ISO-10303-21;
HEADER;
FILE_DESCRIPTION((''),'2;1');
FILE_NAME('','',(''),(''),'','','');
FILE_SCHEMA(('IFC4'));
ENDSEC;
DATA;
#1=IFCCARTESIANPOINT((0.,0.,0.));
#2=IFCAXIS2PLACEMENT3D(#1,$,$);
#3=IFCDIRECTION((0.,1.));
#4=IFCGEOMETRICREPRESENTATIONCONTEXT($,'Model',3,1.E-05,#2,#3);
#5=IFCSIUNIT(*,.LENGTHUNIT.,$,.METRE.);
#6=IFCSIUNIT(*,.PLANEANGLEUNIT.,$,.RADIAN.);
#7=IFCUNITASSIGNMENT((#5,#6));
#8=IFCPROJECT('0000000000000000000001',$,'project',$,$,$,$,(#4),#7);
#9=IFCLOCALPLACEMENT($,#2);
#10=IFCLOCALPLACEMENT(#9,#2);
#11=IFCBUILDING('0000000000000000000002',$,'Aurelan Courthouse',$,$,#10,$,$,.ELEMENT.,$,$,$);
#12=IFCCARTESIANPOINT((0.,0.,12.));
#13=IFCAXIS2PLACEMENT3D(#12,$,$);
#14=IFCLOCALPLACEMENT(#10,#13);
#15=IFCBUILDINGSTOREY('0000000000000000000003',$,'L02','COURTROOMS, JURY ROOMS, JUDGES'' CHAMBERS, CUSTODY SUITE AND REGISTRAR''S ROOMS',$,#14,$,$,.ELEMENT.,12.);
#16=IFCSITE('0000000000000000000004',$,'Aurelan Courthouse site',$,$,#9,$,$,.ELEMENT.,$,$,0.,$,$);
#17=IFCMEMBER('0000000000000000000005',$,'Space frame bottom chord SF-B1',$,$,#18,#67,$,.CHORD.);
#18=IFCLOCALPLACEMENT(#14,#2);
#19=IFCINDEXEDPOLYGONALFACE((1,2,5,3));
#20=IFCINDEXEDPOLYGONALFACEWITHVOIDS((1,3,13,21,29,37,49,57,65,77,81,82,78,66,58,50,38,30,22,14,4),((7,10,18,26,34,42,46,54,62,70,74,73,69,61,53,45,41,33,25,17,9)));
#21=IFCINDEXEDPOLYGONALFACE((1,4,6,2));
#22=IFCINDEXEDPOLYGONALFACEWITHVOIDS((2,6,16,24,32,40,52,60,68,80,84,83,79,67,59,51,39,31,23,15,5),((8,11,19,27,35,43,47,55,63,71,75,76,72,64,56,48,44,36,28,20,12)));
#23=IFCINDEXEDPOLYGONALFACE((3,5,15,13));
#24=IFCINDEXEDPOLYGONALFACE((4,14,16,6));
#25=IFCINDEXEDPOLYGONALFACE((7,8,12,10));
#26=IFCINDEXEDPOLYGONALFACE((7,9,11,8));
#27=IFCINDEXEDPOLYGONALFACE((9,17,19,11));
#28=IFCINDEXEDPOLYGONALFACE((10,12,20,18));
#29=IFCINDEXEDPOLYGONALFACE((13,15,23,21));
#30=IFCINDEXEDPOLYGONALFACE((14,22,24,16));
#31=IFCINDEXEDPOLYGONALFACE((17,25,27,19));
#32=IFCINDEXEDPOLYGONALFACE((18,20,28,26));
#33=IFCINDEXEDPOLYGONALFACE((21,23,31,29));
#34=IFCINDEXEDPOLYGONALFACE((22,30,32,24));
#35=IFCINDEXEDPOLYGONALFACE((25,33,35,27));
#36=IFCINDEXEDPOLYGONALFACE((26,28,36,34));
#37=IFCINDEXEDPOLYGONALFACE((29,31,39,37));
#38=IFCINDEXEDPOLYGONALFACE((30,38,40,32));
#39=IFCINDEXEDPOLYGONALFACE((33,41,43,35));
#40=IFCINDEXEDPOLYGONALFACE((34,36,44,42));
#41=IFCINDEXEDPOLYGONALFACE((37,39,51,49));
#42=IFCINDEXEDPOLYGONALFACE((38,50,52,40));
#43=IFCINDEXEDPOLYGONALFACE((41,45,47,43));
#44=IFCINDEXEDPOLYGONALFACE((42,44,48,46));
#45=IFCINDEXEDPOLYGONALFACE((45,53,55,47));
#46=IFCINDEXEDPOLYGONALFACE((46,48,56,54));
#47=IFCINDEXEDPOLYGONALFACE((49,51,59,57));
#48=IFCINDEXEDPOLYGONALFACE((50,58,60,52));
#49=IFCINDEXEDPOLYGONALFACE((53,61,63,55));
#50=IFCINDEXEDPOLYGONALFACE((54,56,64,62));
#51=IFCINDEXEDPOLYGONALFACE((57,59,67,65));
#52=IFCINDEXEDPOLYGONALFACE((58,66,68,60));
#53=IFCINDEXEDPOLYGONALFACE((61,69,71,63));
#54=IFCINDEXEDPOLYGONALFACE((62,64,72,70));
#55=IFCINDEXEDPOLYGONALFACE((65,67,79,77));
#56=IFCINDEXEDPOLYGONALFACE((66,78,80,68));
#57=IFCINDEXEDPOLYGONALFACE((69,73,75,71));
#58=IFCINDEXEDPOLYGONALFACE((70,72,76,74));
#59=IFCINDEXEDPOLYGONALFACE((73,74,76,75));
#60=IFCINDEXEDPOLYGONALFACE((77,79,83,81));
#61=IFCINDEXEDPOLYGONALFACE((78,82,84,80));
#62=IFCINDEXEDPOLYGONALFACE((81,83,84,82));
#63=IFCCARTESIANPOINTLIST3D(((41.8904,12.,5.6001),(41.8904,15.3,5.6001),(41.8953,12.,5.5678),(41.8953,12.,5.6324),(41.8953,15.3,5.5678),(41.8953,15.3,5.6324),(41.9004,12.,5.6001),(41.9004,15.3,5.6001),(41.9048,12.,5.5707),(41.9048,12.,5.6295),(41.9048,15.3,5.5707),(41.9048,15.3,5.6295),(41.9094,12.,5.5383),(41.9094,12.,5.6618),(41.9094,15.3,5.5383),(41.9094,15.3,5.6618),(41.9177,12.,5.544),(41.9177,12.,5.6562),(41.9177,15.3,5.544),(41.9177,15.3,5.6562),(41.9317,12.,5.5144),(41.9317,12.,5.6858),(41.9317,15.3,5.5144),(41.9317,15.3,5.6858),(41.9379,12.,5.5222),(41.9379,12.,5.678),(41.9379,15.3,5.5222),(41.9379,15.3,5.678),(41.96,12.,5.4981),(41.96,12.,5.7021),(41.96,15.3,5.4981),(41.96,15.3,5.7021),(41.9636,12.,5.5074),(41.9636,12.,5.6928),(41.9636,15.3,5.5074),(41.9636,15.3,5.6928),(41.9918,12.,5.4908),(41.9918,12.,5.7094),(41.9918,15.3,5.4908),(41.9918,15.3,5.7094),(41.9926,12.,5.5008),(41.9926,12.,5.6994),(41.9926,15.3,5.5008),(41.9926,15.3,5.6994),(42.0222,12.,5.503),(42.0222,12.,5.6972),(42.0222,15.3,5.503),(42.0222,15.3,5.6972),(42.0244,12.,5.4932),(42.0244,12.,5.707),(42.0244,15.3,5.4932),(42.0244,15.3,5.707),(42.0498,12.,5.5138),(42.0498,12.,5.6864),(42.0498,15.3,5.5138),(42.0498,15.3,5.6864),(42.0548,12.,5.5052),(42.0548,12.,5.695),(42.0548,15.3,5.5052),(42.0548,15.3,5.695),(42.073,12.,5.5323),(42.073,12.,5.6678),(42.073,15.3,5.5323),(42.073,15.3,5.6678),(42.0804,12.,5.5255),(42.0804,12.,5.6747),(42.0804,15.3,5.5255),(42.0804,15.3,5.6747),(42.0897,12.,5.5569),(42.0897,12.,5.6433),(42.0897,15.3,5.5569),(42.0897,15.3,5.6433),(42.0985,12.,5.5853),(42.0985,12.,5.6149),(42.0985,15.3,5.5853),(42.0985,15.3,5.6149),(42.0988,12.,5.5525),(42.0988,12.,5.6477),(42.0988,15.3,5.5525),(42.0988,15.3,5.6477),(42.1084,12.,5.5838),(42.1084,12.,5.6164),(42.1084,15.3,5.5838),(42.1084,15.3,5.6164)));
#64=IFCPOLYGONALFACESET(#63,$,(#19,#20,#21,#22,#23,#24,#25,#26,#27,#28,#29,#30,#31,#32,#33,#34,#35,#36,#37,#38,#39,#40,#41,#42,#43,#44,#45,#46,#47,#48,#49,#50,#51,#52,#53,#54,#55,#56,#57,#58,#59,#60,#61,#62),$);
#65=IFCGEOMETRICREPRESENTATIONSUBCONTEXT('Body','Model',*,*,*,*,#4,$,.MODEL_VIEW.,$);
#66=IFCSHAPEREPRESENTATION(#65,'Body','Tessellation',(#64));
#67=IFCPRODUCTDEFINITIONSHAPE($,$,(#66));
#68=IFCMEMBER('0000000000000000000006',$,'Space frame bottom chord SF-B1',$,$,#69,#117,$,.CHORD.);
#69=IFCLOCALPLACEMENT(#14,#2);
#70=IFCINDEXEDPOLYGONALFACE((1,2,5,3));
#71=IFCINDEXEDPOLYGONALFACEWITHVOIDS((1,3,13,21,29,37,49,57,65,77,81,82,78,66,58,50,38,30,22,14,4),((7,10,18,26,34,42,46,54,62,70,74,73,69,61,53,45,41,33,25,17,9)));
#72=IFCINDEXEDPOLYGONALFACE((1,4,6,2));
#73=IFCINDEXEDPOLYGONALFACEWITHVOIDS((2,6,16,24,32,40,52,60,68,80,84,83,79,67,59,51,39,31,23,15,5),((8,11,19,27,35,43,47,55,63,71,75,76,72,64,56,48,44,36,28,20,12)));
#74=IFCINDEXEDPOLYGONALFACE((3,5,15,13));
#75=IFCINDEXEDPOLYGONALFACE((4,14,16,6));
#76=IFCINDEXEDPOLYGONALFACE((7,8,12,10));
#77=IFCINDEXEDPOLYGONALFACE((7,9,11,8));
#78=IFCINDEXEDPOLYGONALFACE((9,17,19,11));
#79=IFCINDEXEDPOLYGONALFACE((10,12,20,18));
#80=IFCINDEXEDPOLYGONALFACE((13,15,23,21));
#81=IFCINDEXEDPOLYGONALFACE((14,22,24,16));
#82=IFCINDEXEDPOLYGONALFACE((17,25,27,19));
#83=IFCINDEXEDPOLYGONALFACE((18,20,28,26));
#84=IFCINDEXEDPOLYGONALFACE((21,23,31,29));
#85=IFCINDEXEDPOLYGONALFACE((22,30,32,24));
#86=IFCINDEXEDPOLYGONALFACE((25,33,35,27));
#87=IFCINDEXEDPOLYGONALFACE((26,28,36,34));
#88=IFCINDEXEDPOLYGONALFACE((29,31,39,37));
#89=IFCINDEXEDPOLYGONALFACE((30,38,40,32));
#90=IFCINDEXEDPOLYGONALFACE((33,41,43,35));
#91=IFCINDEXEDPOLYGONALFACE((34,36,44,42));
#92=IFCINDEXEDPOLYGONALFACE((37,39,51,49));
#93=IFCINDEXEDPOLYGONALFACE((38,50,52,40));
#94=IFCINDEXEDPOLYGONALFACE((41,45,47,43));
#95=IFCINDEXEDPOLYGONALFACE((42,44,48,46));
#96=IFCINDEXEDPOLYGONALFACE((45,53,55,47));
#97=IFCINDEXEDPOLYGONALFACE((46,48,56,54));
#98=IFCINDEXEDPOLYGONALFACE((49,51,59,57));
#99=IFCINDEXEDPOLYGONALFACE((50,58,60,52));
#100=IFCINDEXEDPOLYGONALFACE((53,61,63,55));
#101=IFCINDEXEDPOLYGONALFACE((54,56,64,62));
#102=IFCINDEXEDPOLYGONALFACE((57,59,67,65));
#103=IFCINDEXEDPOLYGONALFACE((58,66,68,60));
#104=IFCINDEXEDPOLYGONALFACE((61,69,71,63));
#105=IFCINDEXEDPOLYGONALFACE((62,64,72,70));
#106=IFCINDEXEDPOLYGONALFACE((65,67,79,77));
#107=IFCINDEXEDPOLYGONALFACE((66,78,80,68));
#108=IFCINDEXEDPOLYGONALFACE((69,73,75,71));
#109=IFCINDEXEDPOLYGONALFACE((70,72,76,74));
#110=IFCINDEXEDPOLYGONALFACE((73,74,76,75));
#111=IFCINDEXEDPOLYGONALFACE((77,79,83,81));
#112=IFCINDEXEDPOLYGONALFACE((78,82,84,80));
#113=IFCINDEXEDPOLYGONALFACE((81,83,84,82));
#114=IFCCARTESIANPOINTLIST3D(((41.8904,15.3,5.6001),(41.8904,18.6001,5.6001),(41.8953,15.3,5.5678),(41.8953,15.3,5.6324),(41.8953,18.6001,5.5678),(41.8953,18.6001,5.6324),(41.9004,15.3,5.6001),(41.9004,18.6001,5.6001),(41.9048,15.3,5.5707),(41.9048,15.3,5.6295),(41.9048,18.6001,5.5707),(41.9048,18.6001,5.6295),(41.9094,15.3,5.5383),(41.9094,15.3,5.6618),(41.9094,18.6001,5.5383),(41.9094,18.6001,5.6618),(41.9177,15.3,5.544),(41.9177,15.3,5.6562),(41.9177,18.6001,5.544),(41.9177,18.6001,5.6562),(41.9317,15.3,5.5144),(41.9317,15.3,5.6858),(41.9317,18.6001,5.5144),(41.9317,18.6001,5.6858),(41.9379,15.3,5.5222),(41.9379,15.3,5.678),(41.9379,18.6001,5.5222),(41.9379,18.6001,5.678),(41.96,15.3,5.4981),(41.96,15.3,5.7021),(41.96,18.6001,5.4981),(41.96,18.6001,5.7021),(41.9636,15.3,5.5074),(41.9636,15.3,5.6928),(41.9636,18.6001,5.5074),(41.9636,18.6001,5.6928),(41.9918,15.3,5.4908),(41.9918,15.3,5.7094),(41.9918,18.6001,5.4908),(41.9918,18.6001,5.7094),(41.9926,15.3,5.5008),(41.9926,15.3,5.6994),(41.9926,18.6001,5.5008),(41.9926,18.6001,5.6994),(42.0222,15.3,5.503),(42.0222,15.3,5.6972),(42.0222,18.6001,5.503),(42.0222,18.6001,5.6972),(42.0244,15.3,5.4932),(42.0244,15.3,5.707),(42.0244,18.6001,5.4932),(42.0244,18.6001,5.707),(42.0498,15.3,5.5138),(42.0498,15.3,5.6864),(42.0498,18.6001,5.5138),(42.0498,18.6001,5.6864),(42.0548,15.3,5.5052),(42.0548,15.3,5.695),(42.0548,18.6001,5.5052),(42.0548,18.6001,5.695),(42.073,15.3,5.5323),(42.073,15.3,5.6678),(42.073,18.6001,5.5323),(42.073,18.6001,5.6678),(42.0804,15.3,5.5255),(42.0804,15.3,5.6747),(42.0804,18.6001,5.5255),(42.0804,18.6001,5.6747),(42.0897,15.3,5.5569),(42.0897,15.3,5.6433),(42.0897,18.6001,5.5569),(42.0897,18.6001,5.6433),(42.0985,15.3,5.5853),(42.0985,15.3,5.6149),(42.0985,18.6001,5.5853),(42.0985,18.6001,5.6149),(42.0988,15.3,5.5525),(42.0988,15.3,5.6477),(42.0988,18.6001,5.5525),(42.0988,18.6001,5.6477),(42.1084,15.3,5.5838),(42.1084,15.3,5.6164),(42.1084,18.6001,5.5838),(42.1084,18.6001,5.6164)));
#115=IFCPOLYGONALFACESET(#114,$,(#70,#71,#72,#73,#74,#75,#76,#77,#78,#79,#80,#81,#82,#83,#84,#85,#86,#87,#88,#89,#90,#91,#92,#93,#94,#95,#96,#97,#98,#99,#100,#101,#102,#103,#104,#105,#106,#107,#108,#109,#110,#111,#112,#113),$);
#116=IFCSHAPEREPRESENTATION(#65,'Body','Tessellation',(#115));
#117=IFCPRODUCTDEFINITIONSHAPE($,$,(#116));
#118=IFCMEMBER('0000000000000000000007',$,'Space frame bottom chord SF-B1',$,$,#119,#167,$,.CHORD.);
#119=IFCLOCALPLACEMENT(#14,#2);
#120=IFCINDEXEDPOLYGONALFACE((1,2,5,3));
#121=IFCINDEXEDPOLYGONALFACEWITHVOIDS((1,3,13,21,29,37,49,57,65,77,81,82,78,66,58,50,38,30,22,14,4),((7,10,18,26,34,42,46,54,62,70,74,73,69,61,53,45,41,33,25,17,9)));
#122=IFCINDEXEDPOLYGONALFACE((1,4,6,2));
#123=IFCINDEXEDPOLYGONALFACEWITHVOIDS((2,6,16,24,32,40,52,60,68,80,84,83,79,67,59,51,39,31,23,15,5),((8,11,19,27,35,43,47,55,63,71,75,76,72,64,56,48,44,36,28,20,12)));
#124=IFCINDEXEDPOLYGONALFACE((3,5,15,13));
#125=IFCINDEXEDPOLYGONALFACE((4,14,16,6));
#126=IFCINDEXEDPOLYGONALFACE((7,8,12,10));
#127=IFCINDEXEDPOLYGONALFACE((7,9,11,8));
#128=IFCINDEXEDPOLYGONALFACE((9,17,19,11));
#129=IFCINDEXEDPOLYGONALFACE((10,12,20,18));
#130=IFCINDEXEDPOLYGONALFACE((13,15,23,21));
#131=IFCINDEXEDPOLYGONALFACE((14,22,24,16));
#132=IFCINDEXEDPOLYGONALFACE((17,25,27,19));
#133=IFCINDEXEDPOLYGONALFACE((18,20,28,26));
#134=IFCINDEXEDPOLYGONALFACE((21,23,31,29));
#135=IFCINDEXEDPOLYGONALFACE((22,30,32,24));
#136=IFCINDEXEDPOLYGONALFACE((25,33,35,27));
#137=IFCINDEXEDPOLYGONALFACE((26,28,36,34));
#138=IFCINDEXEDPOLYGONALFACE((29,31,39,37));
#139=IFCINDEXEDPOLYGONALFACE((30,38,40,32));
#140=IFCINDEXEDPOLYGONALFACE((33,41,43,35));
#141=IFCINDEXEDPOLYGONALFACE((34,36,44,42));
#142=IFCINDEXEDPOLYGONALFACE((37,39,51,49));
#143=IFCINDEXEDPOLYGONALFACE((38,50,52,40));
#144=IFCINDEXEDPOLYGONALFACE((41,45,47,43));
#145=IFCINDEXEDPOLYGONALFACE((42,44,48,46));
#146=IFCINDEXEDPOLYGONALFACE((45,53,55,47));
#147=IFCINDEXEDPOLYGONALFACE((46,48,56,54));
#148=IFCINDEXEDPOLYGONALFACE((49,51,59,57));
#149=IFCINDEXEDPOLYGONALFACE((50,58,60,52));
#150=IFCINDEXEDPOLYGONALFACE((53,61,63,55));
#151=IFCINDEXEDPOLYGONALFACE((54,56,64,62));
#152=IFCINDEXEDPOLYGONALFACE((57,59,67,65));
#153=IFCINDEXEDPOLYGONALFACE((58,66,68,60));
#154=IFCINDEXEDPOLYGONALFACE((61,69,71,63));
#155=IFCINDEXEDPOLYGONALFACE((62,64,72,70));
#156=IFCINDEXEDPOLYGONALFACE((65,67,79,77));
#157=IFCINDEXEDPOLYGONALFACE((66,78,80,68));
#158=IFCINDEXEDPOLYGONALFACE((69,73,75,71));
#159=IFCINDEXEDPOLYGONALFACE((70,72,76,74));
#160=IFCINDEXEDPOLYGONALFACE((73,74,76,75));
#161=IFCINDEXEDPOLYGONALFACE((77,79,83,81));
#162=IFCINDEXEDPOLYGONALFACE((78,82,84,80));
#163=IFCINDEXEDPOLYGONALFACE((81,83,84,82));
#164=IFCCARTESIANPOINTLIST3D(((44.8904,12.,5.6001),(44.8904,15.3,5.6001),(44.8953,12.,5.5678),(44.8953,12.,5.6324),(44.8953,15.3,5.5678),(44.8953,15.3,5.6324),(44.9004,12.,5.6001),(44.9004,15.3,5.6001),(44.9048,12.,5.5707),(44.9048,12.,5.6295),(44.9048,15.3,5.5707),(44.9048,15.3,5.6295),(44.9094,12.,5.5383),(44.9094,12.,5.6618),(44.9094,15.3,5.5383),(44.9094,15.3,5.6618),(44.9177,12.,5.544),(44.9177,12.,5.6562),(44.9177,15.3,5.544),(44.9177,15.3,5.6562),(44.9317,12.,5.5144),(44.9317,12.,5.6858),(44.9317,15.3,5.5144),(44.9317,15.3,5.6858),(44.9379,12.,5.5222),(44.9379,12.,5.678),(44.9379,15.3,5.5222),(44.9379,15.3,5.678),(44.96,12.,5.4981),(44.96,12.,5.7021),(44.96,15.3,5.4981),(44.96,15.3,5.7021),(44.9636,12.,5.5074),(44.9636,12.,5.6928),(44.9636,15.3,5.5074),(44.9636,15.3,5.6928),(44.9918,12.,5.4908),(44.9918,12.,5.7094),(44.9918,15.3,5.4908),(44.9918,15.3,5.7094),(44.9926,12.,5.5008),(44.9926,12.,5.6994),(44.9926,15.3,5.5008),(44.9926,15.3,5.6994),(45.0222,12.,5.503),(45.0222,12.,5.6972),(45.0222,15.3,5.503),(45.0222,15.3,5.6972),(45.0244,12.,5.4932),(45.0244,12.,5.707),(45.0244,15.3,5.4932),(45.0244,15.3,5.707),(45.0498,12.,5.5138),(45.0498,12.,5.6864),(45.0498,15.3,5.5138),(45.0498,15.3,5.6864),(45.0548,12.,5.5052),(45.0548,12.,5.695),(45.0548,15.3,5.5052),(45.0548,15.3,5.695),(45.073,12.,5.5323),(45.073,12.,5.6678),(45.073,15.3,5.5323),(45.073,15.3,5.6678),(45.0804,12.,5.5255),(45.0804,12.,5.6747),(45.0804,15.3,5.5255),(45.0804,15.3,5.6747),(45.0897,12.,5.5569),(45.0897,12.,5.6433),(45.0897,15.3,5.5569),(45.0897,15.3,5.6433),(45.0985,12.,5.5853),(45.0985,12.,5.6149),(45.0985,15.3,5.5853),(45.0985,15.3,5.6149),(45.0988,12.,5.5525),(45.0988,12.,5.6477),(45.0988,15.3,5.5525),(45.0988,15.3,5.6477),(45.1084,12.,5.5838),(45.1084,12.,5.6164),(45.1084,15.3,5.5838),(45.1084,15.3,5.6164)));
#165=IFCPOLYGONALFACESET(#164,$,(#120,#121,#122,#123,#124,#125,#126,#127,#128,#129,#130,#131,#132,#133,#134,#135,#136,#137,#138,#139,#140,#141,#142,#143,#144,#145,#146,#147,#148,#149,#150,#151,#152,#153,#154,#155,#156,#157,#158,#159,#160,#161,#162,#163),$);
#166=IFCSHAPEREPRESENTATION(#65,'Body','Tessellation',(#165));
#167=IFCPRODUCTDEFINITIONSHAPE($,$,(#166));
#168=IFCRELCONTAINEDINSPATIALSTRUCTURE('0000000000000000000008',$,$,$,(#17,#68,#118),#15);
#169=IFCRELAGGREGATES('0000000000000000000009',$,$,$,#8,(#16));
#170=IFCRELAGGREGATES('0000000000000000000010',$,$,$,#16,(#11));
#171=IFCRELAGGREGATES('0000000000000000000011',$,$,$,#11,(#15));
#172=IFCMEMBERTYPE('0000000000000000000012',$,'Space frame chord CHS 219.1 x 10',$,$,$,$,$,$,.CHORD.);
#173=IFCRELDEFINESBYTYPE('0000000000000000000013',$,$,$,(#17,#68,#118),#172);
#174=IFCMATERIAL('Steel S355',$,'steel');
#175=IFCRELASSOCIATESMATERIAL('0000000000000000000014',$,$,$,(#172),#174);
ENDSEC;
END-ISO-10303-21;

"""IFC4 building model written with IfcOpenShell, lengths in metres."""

from ifc_helpers import new_model, si_unit, direction, frame, origin, origin_2d, place, context, subcontext, project, spatial, hollow_circle, extrude, material, material_profile, profile_set, type_object, element, save


model = new_model("IFC4")

# Units and contexts
model_context = context("Model", 3, precision=1e-05, world=origin(), true_north=direction((0.0, 1.0)))
body_context = subcontext(model_context, "Body", "Model", "MODEL_VIEW")
ifc_project = project(units=[si_unit("LENGTHUNIT", "METRE"), si_unit("PLANEANGLEUNIT", "RADIAN")], contexts=[model_context])

# Site, building, storey
site_placement = place(None, origin())
site = spatial("IfcSite", under=ifc_project, at=site_placement, Name="Aurelan Courthouse site", CompositionType="ELEMENT", RefElevation=0.0)
building_placement = place(site_placement, origin())
building = spatial("IfcBuilding", under=site, at=building_placement, Name="Aurelan Courthouse", CompositionType="ELEMENT")
storey_placement = place(building_placement, frame((0.0, 0.0, 12.0)))
storey = spatial("IfcBuildingStorey", under=building, at=storey_placement, Name="L02", Description="COURTROOMS, JURY ROOMS, JUDGES' CHAMBERS, CUSTODY SUITE AND REGISTRAR'S ROOMS", CompositionType="ELEMENT", Elevation=12.0)

# Shared definitions
ifc_material_1 = material(Name="Steel S355", Category="steel")

# Members
ifc_material_profile_1 = material_profile(ifc_material_1, hollow_circle(Radius=0.1096, WallThickness=0.01, at=origin_2d()), Name="CHS 219.1 x 10")
ifc_profile_set_1 = profile_set([ifc_material_profile_1], Name="Steel S355")
member_type_1 = type_object("IfcMemberType", Name="Space frame chord CHS 219.1 x 10", PredefinedType="CHORD", material=ifc_profile_set_1)
for number, where, z_axis, x_axis, name in (
    (1, (42.0, 12.0, 5.6001), (0.0, 1.0, 0.0), (-1.0, 0.0, 0.0), "Space frame bottom chord SF-B1"),
    (2, (42.0, 15.3, 5.6001), (0.0, 1.0, 0.0), (-1.0, 0.0, 0.0), "Space frame bottom chord SF-B1"),
    (3, (45.0, 12.0, 5.6001), (0.0, 1.0, 0.0), (-1.0, 0.0, 0.0), "Space frame bottom chord SF-B1"),
):
    element("IfcMember", number, at=place(storey_placement, frame(where, z_axis=z_axis, x_axis=x_axis)), inside=storey, type_object=member_type_1, Name=name, PredefinedType="CHORD", context=body_context, shape_type="SweptSolid", body=[
        extrude(hollow_circle(Radius=0.1096, WallThickness=0.01, at=origin_2d()), origin(), (0.0, 0.0, 1.0), 3.3),
    ])

save(model, "model.ifc")
